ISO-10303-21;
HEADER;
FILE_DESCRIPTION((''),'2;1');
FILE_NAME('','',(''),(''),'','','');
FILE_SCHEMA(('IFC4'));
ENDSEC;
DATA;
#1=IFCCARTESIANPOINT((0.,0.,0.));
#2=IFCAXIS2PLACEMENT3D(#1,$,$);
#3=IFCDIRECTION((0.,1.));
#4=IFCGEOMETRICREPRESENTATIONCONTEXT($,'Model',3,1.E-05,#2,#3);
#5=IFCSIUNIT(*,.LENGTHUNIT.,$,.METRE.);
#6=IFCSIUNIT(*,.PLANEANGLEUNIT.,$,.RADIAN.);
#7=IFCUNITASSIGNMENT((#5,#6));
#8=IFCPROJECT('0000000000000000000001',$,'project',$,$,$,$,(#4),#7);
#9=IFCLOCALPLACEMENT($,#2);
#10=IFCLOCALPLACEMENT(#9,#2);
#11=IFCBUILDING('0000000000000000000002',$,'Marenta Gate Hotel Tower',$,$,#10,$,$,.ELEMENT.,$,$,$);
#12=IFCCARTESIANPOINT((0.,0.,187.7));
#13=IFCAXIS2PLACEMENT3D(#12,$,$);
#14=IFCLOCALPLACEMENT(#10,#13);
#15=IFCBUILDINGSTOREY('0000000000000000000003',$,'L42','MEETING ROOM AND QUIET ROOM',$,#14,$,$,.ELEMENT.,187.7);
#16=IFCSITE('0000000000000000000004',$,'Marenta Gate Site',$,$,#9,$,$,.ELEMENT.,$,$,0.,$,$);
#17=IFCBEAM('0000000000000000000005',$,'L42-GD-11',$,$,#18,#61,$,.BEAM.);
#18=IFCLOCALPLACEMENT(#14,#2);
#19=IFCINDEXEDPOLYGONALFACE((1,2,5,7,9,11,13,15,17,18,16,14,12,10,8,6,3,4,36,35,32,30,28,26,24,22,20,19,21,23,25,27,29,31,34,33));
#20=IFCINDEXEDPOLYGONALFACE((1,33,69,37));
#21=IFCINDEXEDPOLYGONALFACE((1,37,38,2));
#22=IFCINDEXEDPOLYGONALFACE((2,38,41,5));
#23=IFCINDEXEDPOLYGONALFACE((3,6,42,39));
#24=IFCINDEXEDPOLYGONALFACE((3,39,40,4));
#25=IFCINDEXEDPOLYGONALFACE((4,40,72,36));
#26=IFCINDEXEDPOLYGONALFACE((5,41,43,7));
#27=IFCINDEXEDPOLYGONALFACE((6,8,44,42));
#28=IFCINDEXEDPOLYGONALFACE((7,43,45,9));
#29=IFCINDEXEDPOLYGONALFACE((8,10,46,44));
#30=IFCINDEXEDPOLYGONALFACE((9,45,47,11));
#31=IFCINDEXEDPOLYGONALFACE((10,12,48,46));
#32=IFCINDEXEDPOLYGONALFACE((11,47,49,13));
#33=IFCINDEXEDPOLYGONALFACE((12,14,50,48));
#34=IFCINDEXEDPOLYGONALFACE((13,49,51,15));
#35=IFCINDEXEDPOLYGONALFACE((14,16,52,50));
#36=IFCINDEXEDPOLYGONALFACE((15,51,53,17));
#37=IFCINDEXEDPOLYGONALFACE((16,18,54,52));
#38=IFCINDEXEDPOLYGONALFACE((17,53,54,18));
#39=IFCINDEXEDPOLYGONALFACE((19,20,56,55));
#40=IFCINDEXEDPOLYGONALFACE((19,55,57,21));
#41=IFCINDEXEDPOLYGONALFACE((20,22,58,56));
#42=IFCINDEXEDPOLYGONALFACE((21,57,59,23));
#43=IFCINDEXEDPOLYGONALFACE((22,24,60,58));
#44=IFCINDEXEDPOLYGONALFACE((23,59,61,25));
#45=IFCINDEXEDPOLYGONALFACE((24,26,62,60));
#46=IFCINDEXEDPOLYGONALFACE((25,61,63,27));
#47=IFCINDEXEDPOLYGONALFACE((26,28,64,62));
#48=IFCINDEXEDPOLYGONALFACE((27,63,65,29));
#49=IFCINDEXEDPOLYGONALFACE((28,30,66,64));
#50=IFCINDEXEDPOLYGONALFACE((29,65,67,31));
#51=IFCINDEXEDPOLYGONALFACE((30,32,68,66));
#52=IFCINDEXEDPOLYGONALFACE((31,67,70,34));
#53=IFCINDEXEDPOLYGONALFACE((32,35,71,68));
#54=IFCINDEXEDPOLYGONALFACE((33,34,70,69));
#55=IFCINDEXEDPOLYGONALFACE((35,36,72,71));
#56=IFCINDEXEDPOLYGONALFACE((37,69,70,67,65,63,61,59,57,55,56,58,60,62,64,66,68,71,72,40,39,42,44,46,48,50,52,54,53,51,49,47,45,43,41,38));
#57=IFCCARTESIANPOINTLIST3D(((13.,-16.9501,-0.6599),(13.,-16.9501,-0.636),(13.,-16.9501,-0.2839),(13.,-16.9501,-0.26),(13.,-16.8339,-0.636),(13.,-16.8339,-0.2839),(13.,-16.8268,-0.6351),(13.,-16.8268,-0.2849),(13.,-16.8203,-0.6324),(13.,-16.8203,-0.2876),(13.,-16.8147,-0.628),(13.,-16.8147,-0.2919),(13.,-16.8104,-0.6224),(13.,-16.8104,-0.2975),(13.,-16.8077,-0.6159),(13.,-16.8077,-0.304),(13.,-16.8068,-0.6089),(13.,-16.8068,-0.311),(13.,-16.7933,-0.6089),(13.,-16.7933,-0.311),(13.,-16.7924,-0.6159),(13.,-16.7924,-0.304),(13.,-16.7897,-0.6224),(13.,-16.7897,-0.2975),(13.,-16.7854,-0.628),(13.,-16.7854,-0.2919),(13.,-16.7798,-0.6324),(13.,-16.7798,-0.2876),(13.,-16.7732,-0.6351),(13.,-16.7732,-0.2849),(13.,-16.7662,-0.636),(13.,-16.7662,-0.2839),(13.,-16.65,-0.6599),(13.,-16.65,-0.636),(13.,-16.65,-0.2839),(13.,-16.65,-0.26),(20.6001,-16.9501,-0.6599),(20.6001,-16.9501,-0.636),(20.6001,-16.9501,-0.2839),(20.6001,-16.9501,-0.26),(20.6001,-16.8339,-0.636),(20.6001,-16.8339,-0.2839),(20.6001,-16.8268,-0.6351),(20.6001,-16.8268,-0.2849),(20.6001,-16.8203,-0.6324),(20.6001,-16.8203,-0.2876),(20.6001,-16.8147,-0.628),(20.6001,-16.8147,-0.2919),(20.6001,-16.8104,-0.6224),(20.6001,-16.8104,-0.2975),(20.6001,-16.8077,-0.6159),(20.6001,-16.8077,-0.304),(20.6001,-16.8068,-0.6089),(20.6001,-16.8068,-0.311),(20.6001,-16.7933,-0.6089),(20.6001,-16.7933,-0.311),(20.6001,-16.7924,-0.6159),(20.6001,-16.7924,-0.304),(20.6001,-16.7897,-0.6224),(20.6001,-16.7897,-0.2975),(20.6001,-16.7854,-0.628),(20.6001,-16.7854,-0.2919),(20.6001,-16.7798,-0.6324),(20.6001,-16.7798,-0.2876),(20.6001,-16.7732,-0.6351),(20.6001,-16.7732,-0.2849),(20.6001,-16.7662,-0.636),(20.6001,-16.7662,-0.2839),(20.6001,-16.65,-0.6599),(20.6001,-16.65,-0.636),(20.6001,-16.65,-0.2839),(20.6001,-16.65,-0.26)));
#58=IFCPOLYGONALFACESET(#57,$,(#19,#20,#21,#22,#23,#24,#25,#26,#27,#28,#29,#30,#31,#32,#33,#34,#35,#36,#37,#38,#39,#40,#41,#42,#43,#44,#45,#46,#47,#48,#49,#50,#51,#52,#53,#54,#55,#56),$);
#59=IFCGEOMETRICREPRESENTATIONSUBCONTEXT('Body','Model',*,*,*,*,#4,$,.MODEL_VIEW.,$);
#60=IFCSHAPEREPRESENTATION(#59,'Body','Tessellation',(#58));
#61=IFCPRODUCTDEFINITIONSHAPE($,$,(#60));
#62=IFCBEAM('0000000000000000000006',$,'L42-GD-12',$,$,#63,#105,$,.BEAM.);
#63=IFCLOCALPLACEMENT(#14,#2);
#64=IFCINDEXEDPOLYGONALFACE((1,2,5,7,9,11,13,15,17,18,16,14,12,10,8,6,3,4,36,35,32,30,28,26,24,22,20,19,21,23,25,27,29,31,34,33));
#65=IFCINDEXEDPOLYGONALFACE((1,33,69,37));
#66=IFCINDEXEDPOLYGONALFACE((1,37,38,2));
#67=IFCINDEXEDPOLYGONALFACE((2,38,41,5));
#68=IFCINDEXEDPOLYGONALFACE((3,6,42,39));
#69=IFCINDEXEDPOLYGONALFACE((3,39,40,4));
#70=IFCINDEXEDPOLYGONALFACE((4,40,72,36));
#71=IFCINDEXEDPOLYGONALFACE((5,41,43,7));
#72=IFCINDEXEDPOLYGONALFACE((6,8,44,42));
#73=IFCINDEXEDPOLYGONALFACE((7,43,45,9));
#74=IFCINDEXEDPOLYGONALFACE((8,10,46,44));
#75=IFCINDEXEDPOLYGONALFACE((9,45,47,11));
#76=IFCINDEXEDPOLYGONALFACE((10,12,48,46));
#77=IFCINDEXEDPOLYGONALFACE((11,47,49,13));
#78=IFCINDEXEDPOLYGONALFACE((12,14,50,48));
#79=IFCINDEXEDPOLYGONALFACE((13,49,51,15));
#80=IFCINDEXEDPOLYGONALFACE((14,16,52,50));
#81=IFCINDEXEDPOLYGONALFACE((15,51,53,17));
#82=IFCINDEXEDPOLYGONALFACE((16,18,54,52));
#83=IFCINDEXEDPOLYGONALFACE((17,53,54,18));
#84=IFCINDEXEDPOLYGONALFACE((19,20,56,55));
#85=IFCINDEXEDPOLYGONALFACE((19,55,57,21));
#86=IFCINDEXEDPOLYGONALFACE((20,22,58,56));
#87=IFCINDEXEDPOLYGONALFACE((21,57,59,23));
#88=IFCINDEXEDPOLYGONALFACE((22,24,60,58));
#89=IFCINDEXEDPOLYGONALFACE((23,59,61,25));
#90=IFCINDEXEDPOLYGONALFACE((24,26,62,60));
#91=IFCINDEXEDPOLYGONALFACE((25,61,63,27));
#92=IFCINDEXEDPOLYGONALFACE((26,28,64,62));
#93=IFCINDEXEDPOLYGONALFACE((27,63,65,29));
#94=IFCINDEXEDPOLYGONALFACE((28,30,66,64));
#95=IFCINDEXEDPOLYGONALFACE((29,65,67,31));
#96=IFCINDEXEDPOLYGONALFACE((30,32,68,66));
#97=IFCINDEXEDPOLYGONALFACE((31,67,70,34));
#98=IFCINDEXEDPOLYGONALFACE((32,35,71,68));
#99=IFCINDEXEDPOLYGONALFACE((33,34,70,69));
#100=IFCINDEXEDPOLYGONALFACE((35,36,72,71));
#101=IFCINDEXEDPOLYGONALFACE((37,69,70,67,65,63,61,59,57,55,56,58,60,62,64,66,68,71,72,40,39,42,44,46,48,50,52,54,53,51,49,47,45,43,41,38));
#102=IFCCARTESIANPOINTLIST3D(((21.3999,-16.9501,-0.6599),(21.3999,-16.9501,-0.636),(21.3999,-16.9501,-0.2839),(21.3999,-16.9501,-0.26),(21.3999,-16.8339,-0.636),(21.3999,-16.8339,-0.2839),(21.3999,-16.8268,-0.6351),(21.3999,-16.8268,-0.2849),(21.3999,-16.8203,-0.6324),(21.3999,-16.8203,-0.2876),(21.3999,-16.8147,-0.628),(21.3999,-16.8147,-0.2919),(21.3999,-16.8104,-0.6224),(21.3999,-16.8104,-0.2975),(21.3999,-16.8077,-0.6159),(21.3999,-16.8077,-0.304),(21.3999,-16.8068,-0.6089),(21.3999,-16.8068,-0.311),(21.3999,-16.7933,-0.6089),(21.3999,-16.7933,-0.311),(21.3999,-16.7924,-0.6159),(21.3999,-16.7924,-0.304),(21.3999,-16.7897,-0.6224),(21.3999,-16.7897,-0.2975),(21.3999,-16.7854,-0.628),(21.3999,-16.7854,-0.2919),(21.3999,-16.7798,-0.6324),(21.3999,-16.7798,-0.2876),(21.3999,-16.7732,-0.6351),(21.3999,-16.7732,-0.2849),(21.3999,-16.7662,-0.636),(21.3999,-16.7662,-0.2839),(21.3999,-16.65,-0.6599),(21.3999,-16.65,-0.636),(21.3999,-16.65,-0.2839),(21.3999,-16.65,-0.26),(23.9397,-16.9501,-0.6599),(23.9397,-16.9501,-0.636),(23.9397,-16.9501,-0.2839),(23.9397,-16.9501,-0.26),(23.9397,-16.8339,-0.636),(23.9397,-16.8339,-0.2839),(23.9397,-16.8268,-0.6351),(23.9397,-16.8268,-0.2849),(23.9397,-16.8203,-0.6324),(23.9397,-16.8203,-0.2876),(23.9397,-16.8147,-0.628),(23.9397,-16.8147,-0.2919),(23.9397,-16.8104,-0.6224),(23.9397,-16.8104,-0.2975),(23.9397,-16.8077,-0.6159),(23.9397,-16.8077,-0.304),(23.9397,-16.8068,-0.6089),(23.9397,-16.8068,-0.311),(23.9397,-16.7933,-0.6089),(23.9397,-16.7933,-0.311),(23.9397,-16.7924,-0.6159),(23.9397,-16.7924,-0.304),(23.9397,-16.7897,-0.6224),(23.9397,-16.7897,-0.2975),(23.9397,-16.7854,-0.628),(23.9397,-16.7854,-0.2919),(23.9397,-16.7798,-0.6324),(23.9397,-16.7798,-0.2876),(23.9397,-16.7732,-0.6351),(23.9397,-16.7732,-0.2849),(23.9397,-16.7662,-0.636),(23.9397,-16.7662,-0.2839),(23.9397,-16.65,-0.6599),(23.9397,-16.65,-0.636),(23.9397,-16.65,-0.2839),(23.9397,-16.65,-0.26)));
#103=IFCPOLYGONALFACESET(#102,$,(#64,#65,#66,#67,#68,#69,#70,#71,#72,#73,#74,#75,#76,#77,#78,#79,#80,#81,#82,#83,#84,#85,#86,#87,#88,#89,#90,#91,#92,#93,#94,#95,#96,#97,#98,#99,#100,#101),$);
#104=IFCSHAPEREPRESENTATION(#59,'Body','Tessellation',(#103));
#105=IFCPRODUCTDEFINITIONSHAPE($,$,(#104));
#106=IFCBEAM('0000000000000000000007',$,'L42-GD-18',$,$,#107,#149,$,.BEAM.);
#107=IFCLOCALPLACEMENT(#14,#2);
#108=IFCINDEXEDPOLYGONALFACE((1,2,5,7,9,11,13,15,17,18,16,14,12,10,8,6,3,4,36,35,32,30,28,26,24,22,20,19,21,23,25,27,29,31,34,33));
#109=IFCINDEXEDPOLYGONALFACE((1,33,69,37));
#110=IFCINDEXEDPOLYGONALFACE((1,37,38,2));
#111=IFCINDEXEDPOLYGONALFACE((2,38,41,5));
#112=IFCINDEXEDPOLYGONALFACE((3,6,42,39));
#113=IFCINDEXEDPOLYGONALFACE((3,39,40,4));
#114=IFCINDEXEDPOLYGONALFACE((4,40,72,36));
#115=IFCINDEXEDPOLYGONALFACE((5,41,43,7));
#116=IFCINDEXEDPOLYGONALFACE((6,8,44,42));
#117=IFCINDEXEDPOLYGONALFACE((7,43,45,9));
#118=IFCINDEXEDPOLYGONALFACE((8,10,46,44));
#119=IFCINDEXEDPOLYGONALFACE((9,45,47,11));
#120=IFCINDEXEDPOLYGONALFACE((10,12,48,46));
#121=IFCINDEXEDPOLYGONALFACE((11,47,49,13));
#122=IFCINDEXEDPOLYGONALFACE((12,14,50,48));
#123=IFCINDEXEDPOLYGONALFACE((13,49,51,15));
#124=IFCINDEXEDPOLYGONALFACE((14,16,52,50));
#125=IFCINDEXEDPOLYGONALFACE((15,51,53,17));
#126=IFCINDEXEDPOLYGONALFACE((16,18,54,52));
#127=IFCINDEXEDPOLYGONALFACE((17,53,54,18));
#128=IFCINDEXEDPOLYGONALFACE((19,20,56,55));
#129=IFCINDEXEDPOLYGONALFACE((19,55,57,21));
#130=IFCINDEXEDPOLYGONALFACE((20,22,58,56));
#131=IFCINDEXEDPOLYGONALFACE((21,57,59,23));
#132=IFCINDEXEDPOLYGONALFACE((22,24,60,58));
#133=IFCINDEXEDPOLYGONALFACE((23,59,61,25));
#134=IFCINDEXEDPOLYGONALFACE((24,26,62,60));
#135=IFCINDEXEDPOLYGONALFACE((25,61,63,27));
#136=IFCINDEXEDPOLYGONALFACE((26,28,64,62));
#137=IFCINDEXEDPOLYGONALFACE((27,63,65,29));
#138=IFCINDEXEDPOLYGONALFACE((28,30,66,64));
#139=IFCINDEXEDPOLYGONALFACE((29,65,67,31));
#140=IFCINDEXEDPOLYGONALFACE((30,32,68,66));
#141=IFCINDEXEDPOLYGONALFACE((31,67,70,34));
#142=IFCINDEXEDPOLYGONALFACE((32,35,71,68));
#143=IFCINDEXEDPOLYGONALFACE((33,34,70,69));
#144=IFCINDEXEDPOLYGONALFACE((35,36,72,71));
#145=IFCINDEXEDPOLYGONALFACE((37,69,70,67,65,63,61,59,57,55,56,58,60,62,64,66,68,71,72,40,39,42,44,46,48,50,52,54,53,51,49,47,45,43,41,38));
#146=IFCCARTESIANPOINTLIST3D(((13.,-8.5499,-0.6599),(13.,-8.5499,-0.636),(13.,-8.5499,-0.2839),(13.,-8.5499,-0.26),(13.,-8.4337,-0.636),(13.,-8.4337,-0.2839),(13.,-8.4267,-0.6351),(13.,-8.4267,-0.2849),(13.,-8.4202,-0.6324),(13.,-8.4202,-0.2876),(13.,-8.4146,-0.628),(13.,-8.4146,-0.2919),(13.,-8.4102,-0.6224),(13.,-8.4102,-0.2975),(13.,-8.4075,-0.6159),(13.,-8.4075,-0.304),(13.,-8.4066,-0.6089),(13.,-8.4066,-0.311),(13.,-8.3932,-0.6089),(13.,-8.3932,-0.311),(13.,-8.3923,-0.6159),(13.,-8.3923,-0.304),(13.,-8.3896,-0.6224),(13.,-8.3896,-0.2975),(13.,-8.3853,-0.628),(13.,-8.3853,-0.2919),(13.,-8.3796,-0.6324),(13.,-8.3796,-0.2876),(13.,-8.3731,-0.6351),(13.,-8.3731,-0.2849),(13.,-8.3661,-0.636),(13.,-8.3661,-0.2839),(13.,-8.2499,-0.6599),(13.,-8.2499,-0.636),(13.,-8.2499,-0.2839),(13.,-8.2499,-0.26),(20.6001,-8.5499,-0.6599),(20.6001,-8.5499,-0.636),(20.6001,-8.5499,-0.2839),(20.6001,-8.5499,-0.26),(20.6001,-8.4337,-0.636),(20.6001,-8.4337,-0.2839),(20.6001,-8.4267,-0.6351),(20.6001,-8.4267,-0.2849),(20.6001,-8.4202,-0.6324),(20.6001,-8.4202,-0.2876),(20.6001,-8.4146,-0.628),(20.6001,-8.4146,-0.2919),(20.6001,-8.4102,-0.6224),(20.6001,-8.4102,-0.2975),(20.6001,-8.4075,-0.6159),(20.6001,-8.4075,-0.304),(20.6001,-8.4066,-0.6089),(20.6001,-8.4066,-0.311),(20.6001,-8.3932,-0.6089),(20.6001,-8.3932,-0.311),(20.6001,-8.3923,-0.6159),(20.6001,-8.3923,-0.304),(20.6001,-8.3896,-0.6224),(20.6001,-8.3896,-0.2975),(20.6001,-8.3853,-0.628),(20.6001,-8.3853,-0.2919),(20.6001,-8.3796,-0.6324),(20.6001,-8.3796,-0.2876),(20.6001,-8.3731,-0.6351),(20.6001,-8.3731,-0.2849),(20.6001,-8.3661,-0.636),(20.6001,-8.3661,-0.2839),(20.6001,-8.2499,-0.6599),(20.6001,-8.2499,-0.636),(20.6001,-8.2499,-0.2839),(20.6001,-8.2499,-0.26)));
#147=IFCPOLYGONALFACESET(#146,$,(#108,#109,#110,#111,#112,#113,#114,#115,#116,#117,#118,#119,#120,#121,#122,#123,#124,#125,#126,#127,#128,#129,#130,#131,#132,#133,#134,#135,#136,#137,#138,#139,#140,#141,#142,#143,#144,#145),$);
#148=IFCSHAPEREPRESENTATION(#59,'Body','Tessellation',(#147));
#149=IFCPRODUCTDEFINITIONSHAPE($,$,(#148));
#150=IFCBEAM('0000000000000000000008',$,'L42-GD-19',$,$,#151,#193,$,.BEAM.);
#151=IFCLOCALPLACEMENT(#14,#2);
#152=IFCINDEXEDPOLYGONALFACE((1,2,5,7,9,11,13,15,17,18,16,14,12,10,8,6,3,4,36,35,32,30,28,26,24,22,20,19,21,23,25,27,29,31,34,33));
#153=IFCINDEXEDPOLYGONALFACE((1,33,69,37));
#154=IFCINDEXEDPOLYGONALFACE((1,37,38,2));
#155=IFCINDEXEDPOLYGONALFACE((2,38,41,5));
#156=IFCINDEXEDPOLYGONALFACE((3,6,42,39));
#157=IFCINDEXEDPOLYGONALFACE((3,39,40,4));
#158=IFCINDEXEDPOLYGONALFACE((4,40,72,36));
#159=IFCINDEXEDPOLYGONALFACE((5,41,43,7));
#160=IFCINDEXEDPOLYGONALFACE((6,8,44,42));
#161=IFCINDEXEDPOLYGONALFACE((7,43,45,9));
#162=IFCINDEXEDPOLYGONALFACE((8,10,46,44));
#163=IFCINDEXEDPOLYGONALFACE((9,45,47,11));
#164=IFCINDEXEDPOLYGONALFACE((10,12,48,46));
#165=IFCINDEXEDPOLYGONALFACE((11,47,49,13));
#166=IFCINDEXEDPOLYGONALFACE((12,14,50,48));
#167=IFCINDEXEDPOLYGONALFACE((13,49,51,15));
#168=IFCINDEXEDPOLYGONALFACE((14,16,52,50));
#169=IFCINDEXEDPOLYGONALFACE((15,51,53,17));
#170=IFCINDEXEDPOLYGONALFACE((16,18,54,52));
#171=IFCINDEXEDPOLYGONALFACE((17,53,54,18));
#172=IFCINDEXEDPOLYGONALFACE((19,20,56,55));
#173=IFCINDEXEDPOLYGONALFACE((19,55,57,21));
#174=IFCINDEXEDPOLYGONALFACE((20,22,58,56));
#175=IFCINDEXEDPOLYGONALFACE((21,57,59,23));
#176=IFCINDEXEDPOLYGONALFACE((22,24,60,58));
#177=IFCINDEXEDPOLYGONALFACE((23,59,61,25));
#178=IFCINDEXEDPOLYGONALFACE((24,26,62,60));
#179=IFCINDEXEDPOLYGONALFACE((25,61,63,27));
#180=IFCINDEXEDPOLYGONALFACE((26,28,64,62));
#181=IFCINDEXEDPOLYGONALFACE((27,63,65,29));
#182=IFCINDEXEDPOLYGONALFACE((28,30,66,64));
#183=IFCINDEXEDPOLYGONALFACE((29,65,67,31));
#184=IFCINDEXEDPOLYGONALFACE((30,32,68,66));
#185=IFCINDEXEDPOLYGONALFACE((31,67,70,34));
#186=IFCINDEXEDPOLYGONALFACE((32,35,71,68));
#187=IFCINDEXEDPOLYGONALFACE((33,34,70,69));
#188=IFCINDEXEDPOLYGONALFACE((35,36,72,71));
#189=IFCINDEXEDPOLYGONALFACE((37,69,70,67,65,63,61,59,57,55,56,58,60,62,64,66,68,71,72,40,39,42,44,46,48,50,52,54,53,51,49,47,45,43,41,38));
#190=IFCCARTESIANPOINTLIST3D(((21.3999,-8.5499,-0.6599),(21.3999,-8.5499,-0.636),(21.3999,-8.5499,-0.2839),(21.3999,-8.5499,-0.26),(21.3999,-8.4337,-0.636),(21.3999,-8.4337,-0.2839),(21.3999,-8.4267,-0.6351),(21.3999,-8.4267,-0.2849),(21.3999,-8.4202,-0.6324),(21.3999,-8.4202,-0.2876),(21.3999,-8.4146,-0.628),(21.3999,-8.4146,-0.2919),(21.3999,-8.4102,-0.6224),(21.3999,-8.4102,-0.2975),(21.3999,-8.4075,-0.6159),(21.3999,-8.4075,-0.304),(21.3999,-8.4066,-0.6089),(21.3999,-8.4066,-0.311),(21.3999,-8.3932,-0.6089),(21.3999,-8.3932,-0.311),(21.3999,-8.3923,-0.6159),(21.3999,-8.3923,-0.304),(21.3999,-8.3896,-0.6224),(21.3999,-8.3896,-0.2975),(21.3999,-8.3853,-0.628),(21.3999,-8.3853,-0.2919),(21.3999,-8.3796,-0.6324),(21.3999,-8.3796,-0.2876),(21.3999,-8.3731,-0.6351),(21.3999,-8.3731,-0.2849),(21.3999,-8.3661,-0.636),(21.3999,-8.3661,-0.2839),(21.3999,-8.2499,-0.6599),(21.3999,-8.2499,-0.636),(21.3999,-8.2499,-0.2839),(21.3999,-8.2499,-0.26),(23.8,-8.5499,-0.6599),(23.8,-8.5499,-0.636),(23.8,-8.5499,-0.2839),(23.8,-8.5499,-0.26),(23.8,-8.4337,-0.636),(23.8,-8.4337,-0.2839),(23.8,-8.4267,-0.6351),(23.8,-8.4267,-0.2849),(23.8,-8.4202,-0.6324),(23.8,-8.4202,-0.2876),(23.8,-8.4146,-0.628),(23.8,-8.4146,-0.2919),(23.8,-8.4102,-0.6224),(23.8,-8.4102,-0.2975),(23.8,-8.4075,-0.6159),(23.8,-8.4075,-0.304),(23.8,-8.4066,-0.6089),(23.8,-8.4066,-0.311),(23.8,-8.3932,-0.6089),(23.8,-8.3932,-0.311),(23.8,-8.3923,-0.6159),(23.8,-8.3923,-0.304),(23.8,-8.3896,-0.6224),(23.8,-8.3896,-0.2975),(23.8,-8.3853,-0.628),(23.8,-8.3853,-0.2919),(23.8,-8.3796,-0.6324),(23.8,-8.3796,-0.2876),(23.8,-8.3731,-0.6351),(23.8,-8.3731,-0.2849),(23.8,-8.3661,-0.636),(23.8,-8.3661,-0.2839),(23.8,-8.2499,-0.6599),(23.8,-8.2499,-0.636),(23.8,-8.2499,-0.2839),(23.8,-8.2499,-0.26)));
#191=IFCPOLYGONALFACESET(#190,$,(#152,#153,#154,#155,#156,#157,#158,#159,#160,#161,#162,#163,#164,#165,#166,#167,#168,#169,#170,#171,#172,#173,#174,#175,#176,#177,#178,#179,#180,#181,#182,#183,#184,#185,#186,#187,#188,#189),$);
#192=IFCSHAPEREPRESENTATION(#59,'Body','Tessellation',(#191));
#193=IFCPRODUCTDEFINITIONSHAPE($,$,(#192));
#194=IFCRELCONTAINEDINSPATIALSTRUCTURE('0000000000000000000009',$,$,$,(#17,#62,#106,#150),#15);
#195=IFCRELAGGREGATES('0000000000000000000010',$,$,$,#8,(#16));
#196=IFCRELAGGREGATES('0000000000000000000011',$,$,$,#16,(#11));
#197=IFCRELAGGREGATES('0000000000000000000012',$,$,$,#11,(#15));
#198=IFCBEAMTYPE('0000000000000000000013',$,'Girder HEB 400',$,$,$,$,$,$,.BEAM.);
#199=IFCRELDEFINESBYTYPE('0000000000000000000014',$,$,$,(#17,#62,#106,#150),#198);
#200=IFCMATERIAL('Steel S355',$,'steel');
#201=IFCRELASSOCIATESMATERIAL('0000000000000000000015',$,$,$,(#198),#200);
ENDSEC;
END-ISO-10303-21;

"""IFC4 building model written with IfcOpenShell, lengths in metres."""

from ifc_helpers import new_model, si_unit, direction, frame, origin, origin_2d, place, context, subcontext, project, spatial, i_section, extrude, material, material_profile, profile_set, type_object, element, save


model = new_model("IFC4")

# Units and contexts
model_context = context("Model", 3, precision=1e-05, world=origin(), true_north=direction((0.0, 1.0)))
body_context = subcontext(model_context, "Body", "Model", "MODEL_VIEW")
ifc_project = project(units=[si_unit("LENGTHUNIT", "METRE"), si_unit("PLANEANGLEUNIT", "RADIAN")], contexts=[model_context])

# Site, building, storey
site_placement = place(None, origin())
site = spatial("IfcSite", under=ifc_project, at=site_placement, Name="Marenta Gate Site", CompositionType="ELEMENT", RefElevation=0.0)
building_placement = place(site_placement, origin())
building = spatial("IfcBuilding", under=site, at=building_placement, Name="Marenta Gate Hotel Tower", CompositionType="ELEMENT")
storey_placement = place(building_placement, frame((0.0, 0.0, 187.7)))
storey = spatial("IfcBuildingStorey", under=building, at=storey_placement, Name="L42", Description="MEETING ROOM AND QUIET ROOM", CompositionType="ELEMENT", Elevation=187.7)

# Beams
ifc_material_1 = material(Name="Steel S355", Category="steel")
ifc_material_profile_1 = material_profile(ifc_material_1, i_section(OverallWidth=0.3, OverallDepth=0.3999, WebThickness=0.0134, FlangeThickness=0.0239, FilletRadius=0.0271, at=origin_2d()), Name="HEB 400")
ifc_profile_set_1 = profile_set([ifc_material_profile_1], Name="Steel S355")
beam_type_1 = type_object("IfcBeamType", Name="Girder HEB 400", PredefinedType="BEAM", material=ifc_profile_set_1)
beam_1_placement = place(storey_placement, frame((13.0, -16.8, -0.46), z_axis=(1.0, 0.0, 0.0), x_axis=(0.0, 1.0, 0.0)))
element("IfcBeam", 1, at=beam_1_placement, inside=storey, type_object=beam_type_1, Name="L42-GD-11", PredefinedType="BEAM", context=body_context, shape_type="SweptSolid", body=[
    extrude(i_section(OverallWidth=0.3, OverallDepth=0.3999, WebThickness=0.0134, FlangeThickness=0.0239, FilletRadius=0.0271, at=origin_2d()), origin(), (0.0, 0.0, 1.0), 7.6001),
])
beam_2_placement = place(storey_placement, frame((21.3999, -16.8, -0.46), z_axis=(1.0, 0.0, 0.0), x_axis=(0.0, 1.0, 0.0)))
element("IfcBeam", 2, at=beam_2_placement, inside=storey, type_object=beam_type_1, Name="L42-GD-12", PredefinedType="BEAM", context=body_context, shape_type="SweptSolid", body=[
    extrude(i_section(OverallWidth=0.3, OverallDepth=0.3999, WebThickness=0.0134, FlangeThickness=0.0239, FilletRadius=0.0271, at=origin_2d()), origin(), (0.0, 0.0, 1.0), 2.5398),
])
beam_3_placement = place(storey_placement, frame((13.0, -8.3999, -0.46), z_axis=(1.0, 0.0, 0.0), x_axis=(0.0, 1.0, 0.0)))
element("IfcBeam", 3, at=beam_3_placement, inside=storey, type_object=beam_type_1, Name="L42-GD-18", PredefinedType="BEAM", context=body_context, shape_type="SweptSolid", body=[
    extrude(i_section(OverallWidth=0.3, OverallDepth=0.3999, WebThickness=0.0134, FlangeThickness=0.0239, FilletRadius=0.0271, at=origin_2d()), origin(), (0.0, 0.0, 1.0), 7.6001),
])
beam_4_placement = place(storey_placement, frame((21.3999, -8.3999, -0.46), z_axis=(1.0, 0.0, 0.0), x_axis=(0.0, 1.0, 0.0)))
element("IfcBeam", 4, at=beam_4_placement, inside=storey, type_object=beam_type_1, Name="L42-GD-19", PredefinedType="BEAM", context=body_context, shape_type="SweptSolid", body=[
    extrude(i_section(OverallWidth=0.3, OverallDepth=0.3999, WebThickness=0.0134, FlangeThickness=0.0239, FilletRadius=0.0271, at=origin_2d()), origin(), (0.0, 0.0, 1.0), 2.4001),
])

save(model, "model.ifc")
